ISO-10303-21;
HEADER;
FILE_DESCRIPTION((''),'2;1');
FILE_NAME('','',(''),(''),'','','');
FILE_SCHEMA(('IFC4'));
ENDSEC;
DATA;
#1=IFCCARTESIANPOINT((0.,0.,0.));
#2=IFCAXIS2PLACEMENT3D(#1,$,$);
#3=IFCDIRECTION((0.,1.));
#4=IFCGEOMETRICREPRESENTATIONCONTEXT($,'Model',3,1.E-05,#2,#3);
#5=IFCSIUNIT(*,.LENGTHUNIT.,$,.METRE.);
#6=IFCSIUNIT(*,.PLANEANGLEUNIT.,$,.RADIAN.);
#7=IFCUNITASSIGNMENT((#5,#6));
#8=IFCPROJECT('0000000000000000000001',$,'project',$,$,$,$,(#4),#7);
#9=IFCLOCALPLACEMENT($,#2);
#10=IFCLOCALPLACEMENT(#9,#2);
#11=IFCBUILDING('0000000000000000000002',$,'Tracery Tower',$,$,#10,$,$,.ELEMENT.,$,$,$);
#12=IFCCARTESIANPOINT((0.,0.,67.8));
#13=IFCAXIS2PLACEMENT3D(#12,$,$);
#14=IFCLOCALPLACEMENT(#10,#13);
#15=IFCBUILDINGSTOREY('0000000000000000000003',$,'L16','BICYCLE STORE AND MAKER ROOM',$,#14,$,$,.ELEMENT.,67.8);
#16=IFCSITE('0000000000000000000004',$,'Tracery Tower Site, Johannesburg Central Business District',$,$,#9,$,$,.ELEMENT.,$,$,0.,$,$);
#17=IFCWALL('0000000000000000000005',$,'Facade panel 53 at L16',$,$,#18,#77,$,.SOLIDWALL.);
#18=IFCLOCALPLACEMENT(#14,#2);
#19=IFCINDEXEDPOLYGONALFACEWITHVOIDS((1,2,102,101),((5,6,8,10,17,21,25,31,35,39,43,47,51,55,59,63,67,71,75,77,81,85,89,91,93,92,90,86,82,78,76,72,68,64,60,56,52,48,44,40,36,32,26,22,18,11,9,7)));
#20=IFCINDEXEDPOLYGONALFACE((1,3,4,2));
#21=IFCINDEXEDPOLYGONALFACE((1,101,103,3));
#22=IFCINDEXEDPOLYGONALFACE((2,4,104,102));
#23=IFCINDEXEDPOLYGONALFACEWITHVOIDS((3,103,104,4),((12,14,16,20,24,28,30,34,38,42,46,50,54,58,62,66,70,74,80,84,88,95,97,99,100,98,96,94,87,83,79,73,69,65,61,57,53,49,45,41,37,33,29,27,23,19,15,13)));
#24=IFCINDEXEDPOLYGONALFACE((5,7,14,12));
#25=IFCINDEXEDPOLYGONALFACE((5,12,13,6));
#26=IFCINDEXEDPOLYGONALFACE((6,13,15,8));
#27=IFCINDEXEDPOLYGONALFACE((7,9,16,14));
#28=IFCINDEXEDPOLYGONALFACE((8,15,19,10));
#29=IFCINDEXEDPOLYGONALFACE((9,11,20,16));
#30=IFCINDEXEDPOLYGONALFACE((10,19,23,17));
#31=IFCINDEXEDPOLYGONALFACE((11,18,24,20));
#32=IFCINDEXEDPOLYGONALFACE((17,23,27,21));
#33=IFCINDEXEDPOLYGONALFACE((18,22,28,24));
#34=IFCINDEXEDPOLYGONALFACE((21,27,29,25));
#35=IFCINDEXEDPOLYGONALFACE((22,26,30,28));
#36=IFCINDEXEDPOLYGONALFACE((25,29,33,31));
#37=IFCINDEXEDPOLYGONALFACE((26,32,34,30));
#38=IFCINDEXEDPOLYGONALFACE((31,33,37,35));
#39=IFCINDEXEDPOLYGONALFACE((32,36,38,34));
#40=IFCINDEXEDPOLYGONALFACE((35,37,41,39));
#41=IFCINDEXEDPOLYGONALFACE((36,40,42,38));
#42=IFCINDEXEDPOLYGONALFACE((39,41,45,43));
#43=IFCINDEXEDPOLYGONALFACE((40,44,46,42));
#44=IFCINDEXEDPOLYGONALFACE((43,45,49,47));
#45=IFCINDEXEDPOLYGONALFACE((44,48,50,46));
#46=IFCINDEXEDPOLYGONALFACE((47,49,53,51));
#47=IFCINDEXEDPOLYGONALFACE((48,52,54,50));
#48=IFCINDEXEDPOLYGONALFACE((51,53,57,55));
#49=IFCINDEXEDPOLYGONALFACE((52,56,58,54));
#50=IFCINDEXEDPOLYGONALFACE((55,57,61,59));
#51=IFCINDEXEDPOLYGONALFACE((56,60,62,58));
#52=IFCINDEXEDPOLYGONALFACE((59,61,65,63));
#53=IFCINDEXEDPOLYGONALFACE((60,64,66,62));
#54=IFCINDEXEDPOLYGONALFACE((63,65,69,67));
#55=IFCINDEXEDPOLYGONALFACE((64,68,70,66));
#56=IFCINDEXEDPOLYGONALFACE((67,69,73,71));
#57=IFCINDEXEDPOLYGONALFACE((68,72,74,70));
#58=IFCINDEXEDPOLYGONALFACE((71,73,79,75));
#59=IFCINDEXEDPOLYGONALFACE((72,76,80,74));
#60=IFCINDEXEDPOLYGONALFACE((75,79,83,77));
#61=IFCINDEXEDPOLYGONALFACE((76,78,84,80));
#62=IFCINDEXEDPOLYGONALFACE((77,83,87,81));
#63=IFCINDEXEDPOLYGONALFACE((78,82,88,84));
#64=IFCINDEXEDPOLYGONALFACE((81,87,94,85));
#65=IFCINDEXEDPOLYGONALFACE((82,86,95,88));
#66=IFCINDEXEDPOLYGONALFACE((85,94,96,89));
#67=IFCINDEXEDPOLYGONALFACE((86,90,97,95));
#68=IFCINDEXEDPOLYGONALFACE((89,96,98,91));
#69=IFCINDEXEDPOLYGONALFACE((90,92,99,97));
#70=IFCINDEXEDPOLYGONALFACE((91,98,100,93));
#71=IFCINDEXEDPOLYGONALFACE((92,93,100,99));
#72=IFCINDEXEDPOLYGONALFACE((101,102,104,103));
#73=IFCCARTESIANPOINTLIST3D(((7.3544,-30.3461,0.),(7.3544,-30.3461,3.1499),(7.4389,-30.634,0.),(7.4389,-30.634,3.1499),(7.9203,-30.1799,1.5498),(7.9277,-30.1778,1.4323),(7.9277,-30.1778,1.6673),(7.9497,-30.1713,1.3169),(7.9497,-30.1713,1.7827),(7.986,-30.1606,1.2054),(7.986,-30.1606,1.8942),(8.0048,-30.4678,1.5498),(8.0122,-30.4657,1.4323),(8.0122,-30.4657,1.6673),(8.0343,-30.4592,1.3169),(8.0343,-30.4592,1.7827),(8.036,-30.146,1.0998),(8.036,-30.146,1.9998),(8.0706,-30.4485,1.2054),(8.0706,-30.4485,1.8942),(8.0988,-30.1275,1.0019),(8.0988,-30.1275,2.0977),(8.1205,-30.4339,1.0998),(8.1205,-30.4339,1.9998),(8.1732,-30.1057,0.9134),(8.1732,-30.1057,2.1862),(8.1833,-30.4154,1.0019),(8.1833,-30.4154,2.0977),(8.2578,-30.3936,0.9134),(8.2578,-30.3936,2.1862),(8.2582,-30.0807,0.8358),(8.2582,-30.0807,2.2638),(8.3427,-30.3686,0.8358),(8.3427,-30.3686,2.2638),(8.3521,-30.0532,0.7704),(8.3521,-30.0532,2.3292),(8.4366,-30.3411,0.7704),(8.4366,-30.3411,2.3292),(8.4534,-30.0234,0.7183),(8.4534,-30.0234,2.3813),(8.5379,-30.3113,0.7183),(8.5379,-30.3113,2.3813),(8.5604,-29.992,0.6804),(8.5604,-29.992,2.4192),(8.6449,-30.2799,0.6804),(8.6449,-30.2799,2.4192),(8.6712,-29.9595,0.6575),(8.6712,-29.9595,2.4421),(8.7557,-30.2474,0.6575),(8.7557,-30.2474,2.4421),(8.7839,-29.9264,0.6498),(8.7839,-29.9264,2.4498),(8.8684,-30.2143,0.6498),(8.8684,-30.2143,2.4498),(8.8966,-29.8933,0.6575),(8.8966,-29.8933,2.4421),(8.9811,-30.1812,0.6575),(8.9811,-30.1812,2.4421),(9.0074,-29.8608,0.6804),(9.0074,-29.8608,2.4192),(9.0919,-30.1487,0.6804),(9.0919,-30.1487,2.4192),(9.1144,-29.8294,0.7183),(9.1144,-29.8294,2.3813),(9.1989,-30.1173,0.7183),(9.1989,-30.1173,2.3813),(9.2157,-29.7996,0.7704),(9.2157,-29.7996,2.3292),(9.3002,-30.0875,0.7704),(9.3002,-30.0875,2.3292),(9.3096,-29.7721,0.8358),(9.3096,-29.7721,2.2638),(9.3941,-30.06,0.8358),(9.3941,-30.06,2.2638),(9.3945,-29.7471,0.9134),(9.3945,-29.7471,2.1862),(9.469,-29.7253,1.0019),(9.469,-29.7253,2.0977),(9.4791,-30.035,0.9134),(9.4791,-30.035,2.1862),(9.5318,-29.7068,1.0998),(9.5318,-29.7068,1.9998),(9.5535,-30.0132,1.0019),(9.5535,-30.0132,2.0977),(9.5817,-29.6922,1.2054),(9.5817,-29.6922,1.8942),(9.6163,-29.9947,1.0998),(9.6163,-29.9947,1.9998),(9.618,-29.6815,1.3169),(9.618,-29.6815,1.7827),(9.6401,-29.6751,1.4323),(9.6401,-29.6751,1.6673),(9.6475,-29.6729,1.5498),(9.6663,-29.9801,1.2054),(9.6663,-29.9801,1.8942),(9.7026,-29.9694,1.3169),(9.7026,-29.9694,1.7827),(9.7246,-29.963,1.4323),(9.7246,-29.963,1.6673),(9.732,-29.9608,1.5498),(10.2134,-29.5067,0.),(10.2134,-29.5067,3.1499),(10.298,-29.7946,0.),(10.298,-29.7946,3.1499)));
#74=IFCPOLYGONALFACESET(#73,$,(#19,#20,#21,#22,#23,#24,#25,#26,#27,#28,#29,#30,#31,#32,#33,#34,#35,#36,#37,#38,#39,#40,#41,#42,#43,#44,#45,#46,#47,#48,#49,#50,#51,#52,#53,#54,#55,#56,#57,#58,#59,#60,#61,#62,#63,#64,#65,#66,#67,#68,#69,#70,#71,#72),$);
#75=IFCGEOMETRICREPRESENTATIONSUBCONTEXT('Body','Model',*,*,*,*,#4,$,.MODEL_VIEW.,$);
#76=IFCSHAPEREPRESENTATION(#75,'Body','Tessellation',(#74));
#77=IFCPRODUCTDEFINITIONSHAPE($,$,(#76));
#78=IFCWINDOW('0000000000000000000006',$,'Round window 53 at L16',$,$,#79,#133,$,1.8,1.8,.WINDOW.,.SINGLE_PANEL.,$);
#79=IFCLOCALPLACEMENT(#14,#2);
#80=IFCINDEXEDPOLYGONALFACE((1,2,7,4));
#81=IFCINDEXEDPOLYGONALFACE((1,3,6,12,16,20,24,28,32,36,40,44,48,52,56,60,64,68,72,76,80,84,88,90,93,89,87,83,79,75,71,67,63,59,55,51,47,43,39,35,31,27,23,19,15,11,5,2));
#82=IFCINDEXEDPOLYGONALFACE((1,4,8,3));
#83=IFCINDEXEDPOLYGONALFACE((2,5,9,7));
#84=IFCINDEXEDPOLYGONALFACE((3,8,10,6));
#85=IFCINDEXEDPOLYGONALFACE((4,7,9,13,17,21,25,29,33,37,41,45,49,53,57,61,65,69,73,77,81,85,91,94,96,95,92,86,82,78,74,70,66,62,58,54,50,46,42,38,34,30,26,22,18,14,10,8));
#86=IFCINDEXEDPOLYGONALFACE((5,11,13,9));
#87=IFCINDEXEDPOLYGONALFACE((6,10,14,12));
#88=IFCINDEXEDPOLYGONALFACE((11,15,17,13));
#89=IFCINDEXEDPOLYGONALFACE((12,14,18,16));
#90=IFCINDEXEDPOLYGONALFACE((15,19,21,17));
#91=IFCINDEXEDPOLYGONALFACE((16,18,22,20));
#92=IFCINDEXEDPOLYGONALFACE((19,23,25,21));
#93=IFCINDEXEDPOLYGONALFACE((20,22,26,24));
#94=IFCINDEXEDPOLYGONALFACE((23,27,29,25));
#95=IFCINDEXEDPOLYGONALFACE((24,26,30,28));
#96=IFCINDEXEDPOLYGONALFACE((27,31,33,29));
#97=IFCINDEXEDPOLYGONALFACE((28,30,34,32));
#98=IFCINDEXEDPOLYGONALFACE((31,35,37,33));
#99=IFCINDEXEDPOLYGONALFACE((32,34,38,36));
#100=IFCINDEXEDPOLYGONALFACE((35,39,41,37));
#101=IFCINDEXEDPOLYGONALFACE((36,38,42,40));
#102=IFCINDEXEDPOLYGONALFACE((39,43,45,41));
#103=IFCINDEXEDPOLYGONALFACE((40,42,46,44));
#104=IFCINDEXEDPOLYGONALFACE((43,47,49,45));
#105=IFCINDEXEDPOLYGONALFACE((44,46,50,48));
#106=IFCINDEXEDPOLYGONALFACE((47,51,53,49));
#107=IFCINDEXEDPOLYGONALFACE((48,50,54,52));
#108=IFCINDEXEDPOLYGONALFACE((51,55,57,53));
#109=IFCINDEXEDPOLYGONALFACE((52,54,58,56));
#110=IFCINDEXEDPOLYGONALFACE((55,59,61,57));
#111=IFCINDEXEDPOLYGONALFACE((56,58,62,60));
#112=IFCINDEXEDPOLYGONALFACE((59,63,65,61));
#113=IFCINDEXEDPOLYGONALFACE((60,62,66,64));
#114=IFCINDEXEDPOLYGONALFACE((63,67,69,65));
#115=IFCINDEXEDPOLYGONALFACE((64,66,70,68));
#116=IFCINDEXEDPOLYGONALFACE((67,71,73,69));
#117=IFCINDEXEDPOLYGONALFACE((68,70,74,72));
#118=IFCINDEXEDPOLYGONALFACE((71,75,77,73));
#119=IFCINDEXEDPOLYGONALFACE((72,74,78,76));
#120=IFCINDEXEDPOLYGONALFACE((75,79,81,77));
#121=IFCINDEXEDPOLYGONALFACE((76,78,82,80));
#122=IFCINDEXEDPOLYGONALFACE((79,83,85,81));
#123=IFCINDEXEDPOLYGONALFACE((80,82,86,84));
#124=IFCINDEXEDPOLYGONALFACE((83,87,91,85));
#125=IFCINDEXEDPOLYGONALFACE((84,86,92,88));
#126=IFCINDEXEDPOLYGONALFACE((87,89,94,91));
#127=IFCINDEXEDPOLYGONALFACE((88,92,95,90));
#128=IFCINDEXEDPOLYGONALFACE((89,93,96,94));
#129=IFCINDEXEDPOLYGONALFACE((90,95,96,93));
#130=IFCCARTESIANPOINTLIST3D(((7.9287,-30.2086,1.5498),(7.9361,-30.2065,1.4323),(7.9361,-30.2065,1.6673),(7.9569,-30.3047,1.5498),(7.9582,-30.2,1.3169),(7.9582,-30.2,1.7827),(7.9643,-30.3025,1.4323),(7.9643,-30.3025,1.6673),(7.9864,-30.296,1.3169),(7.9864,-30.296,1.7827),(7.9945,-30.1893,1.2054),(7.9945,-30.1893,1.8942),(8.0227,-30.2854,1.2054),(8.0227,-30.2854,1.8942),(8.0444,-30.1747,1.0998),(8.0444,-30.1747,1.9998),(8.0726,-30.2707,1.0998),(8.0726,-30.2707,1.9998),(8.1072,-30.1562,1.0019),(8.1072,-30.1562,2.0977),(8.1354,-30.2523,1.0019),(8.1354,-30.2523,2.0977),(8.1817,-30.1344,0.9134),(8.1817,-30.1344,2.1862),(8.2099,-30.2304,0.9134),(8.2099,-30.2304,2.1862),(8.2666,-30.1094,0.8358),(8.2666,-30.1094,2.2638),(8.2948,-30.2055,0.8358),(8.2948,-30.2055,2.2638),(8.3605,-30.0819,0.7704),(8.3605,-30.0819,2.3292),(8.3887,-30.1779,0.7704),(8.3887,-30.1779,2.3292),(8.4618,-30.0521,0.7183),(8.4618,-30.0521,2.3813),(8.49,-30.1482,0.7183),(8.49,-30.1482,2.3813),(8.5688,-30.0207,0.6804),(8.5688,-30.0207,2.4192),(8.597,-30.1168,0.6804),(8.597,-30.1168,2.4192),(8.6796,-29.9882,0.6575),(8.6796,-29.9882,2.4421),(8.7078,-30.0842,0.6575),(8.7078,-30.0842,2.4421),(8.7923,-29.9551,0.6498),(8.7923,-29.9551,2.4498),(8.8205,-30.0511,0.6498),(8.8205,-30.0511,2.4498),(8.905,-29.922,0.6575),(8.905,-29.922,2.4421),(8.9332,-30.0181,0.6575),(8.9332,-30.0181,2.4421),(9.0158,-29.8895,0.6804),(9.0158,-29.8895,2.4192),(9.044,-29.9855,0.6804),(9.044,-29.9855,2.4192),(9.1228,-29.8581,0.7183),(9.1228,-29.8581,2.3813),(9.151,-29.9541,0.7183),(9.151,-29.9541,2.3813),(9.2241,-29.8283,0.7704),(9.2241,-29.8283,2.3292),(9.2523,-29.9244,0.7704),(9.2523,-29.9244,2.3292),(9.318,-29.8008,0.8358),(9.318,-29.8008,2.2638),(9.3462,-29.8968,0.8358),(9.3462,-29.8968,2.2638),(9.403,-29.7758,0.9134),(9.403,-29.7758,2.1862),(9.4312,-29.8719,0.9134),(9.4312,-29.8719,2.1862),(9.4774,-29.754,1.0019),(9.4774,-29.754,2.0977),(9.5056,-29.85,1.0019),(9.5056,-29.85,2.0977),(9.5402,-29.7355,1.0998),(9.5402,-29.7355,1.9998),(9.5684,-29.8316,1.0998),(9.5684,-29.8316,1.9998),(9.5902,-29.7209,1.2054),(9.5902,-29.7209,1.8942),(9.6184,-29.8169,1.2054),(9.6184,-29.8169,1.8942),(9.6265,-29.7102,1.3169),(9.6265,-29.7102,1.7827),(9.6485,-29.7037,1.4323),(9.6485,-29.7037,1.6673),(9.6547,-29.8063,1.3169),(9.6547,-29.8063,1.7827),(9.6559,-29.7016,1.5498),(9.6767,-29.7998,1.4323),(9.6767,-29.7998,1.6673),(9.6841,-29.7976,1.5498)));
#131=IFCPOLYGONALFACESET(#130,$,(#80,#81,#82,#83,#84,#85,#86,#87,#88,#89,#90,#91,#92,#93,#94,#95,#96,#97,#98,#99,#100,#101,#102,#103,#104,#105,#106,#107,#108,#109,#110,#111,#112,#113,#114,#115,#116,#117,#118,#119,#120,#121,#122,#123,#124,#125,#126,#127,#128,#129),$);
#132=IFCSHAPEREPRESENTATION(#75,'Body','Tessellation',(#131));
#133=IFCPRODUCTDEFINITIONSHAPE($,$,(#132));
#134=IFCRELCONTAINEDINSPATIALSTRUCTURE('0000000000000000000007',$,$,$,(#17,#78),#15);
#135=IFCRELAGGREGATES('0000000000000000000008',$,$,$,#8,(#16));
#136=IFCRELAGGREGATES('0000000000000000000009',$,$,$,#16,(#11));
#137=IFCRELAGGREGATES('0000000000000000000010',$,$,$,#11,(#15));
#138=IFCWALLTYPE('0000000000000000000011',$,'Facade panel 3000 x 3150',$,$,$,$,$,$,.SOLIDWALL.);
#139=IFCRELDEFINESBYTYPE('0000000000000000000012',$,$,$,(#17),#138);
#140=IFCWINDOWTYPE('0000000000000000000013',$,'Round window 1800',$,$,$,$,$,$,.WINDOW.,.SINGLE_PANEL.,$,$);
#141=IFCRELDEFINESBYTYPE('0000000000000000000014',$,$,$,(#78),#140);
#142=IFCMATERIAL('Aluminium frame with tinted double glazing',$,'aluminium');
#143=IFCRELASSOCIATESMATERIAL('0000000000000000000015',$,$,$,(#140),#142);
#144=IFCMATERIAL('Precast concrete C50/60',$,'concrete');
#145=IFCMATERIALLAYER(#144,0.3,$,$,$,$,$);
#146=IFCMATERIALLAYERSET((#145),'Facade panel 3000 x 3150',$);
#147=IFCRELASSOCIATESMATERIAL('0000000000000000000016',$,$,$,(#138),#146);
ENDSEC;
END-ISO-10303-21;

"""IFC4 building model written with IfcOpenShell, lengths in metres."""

from ifc_helpers import new_model, si_unit, direction, frame, frame_2d, origin, origin_2d, place, context, subcontext, project, spatial, rectangle, circle, extrude, material, layer, layer_set, type_object, element, fill, save


model = new_model("IFC4")

# Units and contexts
model_context = context("Model", 3, precision=1e-05, world=origin(), true_north=direction((0.0, 1.0)))
body_context = subcontext(model_context, "Body", "Model", "MODEL_VIEW")
ifc_project = project(units=[si_unit("LENGTHUNIT", "METRE"), si_unit("PLANEANGLEUNIT", "RADIAN")], contexts=[model_context])

# Site, building, storey
site_placement = place(None, origin())
site = spatial("IfcSite", under=ifc_project, at=site_placement, Name="Tracery Tower Site, Johannesburg Central Business District", CompositionType="ELEMENT", RefElevation=0.0)
building_placement = place(site_placement, origin())
building = spatial("IfcBuilding", under=site, at=building_placement, Name="Tracery Tower", CompositionType="ELEMENT")
storey_placement = place(building_placement, frame((0.0, 0.0, 67.8)))
storey = spatial("IfcBuildingStorey", under=building, at=storey_placement, Name="L16", Description="BICYCLE STORE AND MAKER ROOM", CompositionType="ELEMENT", Elevation=67.8)

# Wall, opening, window
ifc_material_1 = material(Name="Aluminium frame with tinted double glazing", Category="aluminium")
window_type = type_object("IfcWindowType", Name="Round window 1800", PartitioningType="SINGLE_PANEL", PredefinedType="WINDOW", material=ifc_material_1)
ifc_material_2 = material(Name="Precast concrete C50/60", Category="concrete")
ifc_layer_1 = layer(ifc_material_2, 0.3)
ifc_layer_set_1 = layer_set([ifc_layer_1], Name="Facade panel 3000 x 3150")
wall_type_1 = type_object("IfcWallType", Name="Facade panel 3000 x 3150", PredefinedType="SOLIDWALL", material=ifc_layer_set_1)
wall_1_placement = place(storey_placement, frame((7.3967, -30.49, 0.0), z_axis=(0.0, 0.0, 1.0), x_axis=(0.959508, 0.281683, 0.0)))
wall_1 = element("IfcWall", 1, at=wall_1_placement, inside=storey, type_object=wall_type_1, Name="Facade panel 53 at L16", PredefinedType="SOLIDWALL", context=body_context, shape_type="SweptSolid", body=[
    extrude(rectangle(XDim=2.9797, YDim=0.3, at=frame_2d((1.4897, 0.0))), origin(), (0.0, 0.0, 1.0), 3.1499),
])
opening_1_placement = place(wall_1_placement, frame((1.4897, 0.0, 1.5498)))
opening_1 = element("IfcOpeningElement", 2, at=opening_1_placement, cuts=wall_1, PredefinedType="OPENING", context=body_context, shape_type="SweptSolid", body=[
    extrude(circle(Radius=0.9, at=origin_2d()), frame((0.0, 0.1599, 0.0), z_axis=(0.0, -1.0, 0.0), x_axis=(1.0, 0.0, 0.0)), (0.0, 0.0, 1.0), 0.3201),
])
window_1_placement = place(opening_1_placement, origin())
window_1 = element("IfcWindow", 3, at=window_1_placement, inside=storey, type_object=window_type, Name="Round window 53 at L16", OverallHeight=1.8, OverallWidth=1.8, PartitioningType="SINGLE_PANEL", PredefinedType="WINDOW", context=body_context, shape_type="SweptSolid", body=[
    extrude(circle(Radius=0.9, at=origin_2d()), frame((0.0, 0.1201, 0.0), z_axis=(0.0, -1.0, 0.0), x_axis=(1.0, 0.0, 0.0)), (0.0, 0.0, 1.0), 0.1001),
])
fill(opening_1, window_1)

save(model, "model.ifc")
